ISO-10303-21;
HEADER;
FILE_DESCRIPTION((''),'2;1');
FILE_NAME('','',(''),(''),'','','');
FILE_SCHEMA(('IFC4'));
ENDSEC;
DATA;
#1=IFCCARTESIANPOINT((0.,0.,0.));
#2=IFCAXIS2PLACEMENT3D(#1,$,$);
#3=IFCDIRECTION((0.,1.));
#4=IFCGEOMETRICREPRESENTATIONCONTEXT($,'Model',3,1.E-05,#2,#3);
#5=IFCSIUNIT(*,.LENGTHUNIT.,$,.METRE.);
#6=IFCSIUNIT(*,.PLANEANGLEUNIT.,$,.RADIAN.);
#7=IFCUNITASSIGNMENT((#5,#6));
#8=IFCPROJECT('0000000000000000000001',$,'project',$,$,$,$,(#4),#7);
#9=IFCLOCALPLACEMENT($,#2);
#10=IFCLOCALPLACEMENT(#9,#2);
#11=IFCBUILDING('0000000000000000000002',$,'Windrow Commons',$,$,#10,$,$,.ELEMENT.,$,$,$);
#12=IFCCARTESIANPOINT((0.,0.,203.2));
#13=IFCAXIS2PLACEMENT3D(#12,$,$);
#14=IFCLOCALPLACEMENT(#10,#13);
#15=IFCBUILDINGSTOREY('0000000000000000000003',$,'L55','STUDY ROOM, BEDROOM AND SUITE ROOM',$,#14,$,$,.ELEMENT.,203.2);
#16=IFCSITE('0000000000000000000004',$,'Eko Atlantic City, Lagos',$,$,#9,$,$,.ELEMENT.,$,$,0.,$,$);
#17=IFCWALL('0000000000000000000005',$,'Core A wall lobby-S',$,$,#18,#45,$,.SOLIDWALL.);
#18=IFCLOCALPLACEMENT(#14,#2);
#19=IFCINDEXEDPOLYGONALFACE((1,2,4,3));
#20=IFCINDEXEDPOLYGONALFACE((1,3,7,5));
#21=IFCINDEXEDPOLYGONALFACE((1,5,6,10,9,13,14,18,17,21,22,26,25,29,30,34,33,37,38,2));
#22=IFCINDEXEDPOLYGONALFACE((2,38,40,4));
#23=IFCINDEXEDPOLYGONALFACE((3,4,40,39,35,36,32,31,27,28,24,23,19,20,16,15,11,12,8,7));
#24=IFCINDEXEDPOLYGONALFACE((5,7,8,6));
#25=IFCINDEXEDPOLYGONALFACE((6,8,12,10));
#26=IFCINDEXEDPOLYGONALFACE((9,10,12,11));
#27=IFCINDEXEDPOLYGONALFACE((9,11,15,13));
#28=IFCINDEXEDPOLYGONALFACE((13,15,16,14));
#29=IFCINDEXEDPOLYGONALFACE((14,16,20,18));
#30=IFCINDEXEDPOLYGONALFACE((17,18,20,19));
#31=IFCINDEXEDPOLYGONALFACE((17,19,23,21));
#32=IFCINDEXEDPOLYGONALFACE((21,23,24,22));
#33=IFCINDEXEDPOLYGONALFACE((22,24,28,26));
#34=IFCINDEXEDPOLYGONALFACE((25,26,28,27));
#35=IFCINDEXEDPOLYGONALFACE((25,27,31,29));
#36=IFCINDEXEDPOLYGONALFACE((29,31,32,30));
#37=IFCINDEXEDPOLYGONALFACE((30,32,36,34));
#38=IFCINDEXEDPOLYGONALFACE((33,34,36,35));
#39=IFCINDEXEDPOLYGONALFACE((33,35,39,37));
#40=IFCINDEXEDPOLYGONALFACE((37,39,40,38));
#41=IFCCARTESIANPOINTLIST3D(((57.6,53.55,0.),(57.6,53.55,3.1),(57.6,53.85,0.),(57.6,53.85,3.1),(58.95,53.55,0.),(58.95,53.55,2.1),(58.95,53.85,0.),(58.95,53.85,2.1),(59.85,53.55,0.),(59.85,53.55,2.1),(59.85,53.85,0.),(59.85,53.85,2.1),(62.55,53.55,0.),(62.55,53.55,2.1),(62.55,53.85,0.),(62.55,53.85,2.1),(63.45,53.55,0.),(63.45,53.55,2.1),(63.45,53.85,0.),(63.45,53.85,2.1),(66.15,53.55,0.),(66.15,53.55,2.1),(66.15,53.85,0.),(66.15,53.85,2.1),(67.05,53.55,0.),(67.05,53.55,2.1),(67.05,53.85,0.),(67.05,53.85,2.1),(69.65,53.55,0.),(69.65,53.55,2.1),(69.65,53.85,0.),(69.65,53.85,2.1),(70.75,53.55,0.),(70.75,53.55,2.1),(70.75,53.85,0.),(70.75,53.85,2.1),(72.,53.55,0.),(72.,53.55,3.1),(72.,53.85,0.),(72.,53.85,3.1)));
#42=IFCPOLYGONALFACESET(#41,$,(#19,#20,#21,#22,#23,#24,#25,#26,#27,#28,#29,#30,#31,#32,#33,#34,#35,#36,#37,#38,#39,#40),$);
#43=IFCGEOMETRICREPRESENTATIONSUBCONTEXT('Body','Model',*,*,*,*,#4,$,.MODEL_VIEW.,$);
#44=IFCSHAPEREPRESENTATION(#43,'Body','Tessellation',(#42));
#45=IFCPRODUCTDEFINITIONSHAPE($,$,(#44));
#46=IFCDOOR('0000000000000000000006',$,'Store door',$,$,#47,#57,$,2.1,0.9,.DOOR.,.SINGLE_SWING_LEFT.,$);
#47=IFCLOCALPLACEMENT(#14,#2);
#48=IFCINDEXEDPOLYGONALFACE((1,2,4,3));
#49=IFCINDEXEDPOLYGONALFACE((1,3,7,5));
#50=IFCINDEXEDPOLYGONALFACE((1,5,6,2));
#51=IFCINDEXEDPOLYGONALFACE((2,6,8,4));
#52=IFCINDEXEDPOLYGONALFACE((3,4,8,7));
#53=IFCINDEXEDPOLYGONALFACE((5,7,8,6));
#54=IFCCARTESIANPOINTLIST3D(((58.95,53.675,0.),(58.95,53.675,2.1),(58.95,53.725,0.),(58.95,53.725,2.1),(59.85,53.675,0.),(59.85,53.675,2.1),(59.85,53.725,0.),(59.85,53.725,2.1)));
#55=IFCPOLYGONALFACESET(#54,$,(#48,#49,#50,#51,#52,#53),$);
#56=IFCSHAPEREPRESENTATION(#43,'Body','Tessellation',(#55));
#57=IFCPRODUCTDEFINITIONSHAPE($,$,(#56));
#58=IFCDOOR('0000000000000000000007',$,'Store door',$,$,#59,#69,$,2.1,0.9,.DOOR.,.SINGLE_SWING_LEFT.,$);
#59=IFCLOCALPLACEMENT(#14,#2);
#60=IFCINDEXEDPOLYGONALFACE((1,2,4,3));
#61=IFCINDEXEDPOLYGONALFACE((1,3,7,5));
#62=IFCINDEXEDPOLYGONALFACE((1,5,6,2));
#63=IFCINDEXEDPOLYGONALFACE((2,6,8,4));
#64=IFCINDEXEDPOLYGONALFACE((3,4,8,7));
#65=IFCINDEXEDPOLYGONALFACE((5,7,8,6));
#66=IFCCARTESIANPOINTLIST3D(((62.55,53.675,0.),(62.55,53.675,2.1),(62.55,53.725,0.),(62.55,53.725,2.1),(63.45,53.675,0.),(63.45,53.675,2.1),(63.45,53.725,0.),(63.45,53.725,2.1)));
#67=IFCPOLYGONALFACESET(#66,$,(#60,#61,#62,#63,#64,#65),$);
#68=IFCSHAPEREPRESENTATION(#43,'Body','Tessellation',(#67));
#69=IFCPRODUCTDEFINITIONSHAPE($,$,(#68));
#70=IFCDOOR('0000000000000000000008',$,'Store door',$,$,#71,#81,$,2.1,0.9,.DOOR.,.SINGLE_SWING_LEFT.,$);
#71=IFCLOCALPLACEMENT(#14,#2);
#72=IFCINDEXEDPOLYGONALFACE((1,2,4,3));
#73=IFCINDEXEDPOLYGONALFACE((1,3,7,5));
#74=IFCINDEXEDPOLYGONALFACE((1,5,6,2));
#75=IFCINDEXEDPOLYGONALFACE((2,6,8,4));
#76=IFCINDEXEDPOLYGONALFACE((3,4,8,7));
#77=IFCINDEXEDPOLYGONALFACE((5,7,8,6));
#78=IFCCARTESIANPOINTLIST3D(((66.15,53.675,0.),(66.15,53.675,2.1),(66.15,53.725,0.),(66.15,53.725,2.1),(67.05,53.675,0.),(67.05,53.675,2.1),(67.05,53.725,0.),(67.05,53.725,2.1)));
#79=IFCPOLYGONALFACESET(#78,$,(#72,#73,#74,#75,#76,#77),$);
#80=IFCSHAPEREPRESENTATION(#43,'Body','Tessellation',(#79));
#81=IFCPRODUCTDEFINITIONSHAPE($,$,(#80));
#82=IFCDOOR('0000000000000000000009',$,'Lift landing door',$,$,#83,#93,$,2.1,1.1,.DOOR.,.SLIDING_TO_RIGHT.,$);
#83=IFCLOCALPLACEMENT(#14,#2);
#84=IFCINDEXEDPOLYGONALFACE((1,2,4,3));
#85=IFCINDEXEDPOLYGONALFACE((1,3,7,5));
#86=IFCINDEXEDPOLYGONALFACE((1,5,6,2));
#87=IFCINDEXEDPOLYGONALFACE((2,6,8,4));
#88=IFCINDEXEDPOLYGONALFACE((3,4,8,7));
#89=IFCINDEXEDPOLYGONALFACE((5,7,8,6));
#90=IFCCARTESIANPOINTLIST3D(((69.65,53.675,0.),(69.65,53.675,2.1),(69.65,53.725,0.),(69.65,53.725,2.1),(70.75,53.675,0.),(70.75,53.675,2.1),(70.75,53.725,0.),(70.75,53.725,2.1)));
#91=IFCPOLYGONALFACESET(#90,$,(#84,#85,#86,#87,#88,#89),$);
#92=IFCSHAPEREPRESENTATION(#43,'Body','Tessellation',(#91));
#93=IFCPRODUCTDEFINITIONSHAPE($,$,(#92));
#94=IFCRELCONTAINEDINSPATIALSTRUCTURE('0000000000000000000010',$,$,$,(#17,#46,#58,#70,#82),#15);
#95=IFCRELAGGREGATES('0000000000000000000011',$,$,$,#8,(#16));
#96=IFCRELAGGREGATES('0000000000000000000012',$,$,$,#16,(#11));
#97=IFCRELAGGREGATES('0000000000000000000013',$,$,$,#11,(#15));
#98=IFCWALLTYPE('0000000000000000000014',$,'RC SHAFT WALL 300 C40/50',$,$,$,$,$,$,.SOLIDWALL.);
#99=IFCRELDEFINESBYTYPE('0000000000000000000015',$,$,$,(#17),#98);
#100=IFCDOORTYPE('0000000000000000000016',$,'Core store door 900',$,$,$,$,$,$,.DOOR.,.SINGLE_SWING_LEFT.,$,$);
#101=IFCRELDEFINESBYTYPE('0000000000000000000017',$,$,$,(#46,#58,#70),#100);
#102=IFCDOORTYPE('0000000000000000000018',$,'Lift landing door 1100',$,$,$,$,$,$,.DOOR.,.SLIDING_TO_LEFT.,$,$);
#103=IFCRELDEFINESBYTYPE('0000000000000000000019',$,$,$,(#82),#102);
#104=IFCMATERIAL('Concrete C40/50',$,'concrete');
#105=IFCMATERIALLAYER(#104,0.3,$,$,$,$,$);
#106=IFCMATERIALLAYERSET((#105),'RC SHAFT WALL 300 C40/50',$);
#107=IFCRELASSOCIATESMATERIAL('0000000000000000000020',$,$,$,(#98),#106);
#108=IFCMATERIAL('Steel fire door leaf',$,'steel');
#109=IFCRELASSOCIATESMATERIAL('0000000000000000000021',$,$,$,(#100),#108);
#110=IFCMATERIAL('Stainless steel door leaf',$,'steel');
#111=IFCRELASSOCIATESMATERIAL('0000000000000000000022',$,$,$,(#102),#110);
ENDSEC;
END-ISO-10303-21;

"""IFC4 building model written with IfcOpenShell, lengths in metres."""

from ifc_helpers import new_model, si_unit, direction, frame, frame_2d, origin, place, context, subcontext, project, spatial, rectangle, extrude, material, layer, layer_set, type_object, element, fill, save


model = new_model("IFC4")

# Units and contexts
model_context = context("Model", 3, precision=1e-05, world=origin(), true_north=direction((0.0, 1.0)))
body_context = subcontext(model_context, "Body", "Model", "MODEL_VIEW")
ifc_project = project(units=[si_unit("LENGTHUNIT", "METRE"), si_unit("PLANEANGLEUNIT", "RADIAN")], contexts=[model_context])

# Site, building, storey
site_placement = place(None, origin())
site = spatial("IfcSite", under=ifc_project, at=site_placement, Name="Eko Atlantic City, Lagos", CompositionType="ELEMENT", RefElevation=0.0)
building_placement = place(site_placement, origin())
building = spatial("IfcBuilding", under=site, at=building_placement, Name="Windrow Commons", CompositionType="ELEMENT")
storey_placement = place(building_placement, frame((0.0, 0.0, 203.2)))
storey = spatial("IfcBuildingStorey", under=building, at=storey_placement, Name="L55", Description="STUDY ROOM, BEDROOM AND SUITE ROOM", CompositionType="ELEMENT", Elevation=203.2)

# Wall, openings, doors
ifc_material_1 = material(Name="Concrete C40/50", Category="concrete")
ifc_layer_1 = layer(ifc_material_1, 0.3)
ifc_layer_set_1 = layer_set([ifc_layer_1], Name="RC SHAFT WALL 300 C40/50")
wall_type_1 = type_object("IfcWallType", Name="RC SHAFT WALL 300 C40/50", PredefinedType="SOLIDWALL", material=ifc_layer_set_1)
wall_1_placement = place(storey_placement, frame((57.6, 53.7, 0.0), z_axis=(0.0, 0.0, 1.0), x_axis=(1.0, 0.0, 0.0)))
wall_1 = element("IfcWall", 1, at=wall_1_placement, inside=storey, type_object=wall_type_1, Name="Core A wall lobby-S", PredefinedType="SOLIDWALL", context=body_context, shape_type="SweptSolid", body=[
    extrude(rectangle(XDim=14.4, YDim=0.3, at=frame_2d((7.2, 0.0))), origin(), (0.0, 0.0, 1.0), 3.1),
])
opening_1_placement = place(wall_1_placement, frame((1.35, 0.0, 0.0)))
opening_1 = element("IfcOpeningElement", 2, at=opening_1_placement, cuts=wall_1, PredefinedType="OPENING", context=body_context, shape_type="SweptSolid", body=[
    extrude(rectangle(XDim=0.9, YDim=2.1, at=frame_2d((0.45, 1.05))), frame((0.0, 0.16, 0.0), z_axis=(0.0, -1.0, 0.0), x_axis=(1.0, 0.0, 0.0)), (0.0, 0.0, 1.0), 0.32),
])
opening_2_placement = place(wall_1_placement, frame((4.95, 0.0, 0.0)))
opening_2 = element("IfcOpeningElement", 3, at=opening_2_placement, cuts=wall_1, PredefinedType="OPENING", context=body_context, shape_type="SweptSolid", body=[
    extrude(rectangle(XDim=0.9, YDim=2.1, at=frame_2d((0.45, 1.05))), frame((0.0, 0.16, 0.0), z_axis=(0.0, -1.0, 0.0), x_axis=(1.0, 0.0, 0.0)), (0.0, 0.0, 1.0), 0.32),
])
opening_3_placement = place(wall_1_placement, frame((8.55, 0.0, 0.0)))
opening_3 = element("IfcOpeningElement", 4, at=opening_3_placement, cuts=wall_1, PredefinedType="OPENING", context=body_context, shape_type="SweptSolid", body=[
    extrude(rectangle(XDim=0.9, YDim=2.1, at=frame_2d((0.45, 1.05))), frame((0.0, 0.16, 0.0), z_axis=(0.0, -1.0, 0.0), x_axis=(1.0, 0.0, 0.0)), (0.0, 0.0, 1.0), 0.32),
])
opening_4_placement = place(wall_1_placement, frame((12.05, 0.0, 0.0)))
opening_4 = element("IfcOpeningElement", 5, at=opening_4_placement, cuts=wall_1, PredefinedType="OPENING", context=body_context, shape_type="SweptSolid", body=[
    extrude(rectangle(XDim=1.1, YDim=2.1, at=frame_2d((0.55, 1.05))), frame((0.0, 0.16, 0.0), z_axis=(0.0, -1.0, 0.0), x_axis=(1.0, 0.0, 0.0)), (0.0, 0.0, 1.0), 0.32),
])
ifc_material_2 = material(Name="Steel fire door leaf", Category="steel")
door_type_1 = type_object("IfcDoorType", Name="Core store door 900", OperationType="SINGLE_SWING_LEFT", PredefinedType="DOOR", material=ifc_material_2)
door_1_placement = place(opening_1_placement, origin())
door_1 = element("IfcDoor", 6, at=door_1_placement, inside=storey, type_object=door_type_1, Name="Store door", OperationType="SINGLE_SWING_LEFT", OverallHeight=2.1, OverallWidth=0.9, PredefinedType="DOOR", context=body_context, shape_type="SweptSolid", body=[
    extrude(rectangle(XDim=0.9, YDim=2.1, at=frame_2d((0.45, 1.05))), frame((0.0, 0.025, 0.0), z_axis=(0.0, -1.0, 0.0), x_axis=(1.0, 0.0, 0.0)), (0.0, 0.0, 1.0), 0.05),
])
fill(opening_1, door_1)
door_2_placement = place(opening_2_placement, origin())
door_2 = element("IfcDoor", 7, at=door_2_placement, inside=storey, type_object=door_type_1, Name="Store door", OperationType="SINGLE_SWING_LEFT", OverallHeight=2.1, OverallWidth=0.9, PredefinedType="DOOR", context=body_context, shape_type="SweptSolid", body=[
    extrude(rectangle(XDim=0.9, YDim=2.1, at=frame_2d((0.45, 1.05))), frame((0.0, 0.025, 0.0), z_axis=(0.0, -1.0, 0.0), x_axis=(1.0, 0.0, 0.0)), (0.0, 0.0, 1.0), 0.05),
])
fill(opening_2, door_2)
door_3_placement = place(opening_3_placement, origin())
door_3 = element("IfcDoor", 8, at=door_3_placement, inside=storey, type_object=door_type_1, Name="Store door", OperationType="SINGLE_SWING_LEFT", OverallHeight=2.1, OverallWidth=0.9, PredefinedType="DOOR", context=body_context, shape_type="SweptSolid", body=[
    extrude(rectangle(XDim=0.9, YDim=2.1, at=frame_2d((0.45, 1.05))), frame((0.0, 0.025, 0.0), z_axis=(0.0, -1.0, 0.0), x_axis=(1.0, 0.0, 0.0)), (0.0, 0.0, 1.0), 0.05),
])
fill(opening_3, door_3)
ifc_material_3 = material(Name="Stainless steel door leaf", Category="steel")
door_type_2 = type_object("IfcDoorType", Name="Lift landing door 1100", OperationType="SLIDING_TO_LEFT", PredefinedType="DOOR", material=ifc_material_3)
door_4_placement = place(opening_4_placement, origin())
door_4 = element("IfcDoor", 9, at=door_4_placement, inside=storey, type_object=door_type_2, Name="Lift landing door", OperationType="SLIDING_TO_RIGHT", OverallHeight=2.1, OverallWidth=1.1, PredefinedType="DOOR", context=body_context, shape_type="SweptSolid", body=[
    extrude(rectangle(XDim=1.1, YDim=2.1, at=frame_2d((0.55, 1.05))), frame((0.0, 0.025, 0.0), z_axis=(0.0, -1.0, 0.0), x_axis=(1.0, 0.0, 0.0)), (0.0, 0.0, 1.0), 0.05),
])
fill(opening_4, door_4)

save(model, "model.ifc")
